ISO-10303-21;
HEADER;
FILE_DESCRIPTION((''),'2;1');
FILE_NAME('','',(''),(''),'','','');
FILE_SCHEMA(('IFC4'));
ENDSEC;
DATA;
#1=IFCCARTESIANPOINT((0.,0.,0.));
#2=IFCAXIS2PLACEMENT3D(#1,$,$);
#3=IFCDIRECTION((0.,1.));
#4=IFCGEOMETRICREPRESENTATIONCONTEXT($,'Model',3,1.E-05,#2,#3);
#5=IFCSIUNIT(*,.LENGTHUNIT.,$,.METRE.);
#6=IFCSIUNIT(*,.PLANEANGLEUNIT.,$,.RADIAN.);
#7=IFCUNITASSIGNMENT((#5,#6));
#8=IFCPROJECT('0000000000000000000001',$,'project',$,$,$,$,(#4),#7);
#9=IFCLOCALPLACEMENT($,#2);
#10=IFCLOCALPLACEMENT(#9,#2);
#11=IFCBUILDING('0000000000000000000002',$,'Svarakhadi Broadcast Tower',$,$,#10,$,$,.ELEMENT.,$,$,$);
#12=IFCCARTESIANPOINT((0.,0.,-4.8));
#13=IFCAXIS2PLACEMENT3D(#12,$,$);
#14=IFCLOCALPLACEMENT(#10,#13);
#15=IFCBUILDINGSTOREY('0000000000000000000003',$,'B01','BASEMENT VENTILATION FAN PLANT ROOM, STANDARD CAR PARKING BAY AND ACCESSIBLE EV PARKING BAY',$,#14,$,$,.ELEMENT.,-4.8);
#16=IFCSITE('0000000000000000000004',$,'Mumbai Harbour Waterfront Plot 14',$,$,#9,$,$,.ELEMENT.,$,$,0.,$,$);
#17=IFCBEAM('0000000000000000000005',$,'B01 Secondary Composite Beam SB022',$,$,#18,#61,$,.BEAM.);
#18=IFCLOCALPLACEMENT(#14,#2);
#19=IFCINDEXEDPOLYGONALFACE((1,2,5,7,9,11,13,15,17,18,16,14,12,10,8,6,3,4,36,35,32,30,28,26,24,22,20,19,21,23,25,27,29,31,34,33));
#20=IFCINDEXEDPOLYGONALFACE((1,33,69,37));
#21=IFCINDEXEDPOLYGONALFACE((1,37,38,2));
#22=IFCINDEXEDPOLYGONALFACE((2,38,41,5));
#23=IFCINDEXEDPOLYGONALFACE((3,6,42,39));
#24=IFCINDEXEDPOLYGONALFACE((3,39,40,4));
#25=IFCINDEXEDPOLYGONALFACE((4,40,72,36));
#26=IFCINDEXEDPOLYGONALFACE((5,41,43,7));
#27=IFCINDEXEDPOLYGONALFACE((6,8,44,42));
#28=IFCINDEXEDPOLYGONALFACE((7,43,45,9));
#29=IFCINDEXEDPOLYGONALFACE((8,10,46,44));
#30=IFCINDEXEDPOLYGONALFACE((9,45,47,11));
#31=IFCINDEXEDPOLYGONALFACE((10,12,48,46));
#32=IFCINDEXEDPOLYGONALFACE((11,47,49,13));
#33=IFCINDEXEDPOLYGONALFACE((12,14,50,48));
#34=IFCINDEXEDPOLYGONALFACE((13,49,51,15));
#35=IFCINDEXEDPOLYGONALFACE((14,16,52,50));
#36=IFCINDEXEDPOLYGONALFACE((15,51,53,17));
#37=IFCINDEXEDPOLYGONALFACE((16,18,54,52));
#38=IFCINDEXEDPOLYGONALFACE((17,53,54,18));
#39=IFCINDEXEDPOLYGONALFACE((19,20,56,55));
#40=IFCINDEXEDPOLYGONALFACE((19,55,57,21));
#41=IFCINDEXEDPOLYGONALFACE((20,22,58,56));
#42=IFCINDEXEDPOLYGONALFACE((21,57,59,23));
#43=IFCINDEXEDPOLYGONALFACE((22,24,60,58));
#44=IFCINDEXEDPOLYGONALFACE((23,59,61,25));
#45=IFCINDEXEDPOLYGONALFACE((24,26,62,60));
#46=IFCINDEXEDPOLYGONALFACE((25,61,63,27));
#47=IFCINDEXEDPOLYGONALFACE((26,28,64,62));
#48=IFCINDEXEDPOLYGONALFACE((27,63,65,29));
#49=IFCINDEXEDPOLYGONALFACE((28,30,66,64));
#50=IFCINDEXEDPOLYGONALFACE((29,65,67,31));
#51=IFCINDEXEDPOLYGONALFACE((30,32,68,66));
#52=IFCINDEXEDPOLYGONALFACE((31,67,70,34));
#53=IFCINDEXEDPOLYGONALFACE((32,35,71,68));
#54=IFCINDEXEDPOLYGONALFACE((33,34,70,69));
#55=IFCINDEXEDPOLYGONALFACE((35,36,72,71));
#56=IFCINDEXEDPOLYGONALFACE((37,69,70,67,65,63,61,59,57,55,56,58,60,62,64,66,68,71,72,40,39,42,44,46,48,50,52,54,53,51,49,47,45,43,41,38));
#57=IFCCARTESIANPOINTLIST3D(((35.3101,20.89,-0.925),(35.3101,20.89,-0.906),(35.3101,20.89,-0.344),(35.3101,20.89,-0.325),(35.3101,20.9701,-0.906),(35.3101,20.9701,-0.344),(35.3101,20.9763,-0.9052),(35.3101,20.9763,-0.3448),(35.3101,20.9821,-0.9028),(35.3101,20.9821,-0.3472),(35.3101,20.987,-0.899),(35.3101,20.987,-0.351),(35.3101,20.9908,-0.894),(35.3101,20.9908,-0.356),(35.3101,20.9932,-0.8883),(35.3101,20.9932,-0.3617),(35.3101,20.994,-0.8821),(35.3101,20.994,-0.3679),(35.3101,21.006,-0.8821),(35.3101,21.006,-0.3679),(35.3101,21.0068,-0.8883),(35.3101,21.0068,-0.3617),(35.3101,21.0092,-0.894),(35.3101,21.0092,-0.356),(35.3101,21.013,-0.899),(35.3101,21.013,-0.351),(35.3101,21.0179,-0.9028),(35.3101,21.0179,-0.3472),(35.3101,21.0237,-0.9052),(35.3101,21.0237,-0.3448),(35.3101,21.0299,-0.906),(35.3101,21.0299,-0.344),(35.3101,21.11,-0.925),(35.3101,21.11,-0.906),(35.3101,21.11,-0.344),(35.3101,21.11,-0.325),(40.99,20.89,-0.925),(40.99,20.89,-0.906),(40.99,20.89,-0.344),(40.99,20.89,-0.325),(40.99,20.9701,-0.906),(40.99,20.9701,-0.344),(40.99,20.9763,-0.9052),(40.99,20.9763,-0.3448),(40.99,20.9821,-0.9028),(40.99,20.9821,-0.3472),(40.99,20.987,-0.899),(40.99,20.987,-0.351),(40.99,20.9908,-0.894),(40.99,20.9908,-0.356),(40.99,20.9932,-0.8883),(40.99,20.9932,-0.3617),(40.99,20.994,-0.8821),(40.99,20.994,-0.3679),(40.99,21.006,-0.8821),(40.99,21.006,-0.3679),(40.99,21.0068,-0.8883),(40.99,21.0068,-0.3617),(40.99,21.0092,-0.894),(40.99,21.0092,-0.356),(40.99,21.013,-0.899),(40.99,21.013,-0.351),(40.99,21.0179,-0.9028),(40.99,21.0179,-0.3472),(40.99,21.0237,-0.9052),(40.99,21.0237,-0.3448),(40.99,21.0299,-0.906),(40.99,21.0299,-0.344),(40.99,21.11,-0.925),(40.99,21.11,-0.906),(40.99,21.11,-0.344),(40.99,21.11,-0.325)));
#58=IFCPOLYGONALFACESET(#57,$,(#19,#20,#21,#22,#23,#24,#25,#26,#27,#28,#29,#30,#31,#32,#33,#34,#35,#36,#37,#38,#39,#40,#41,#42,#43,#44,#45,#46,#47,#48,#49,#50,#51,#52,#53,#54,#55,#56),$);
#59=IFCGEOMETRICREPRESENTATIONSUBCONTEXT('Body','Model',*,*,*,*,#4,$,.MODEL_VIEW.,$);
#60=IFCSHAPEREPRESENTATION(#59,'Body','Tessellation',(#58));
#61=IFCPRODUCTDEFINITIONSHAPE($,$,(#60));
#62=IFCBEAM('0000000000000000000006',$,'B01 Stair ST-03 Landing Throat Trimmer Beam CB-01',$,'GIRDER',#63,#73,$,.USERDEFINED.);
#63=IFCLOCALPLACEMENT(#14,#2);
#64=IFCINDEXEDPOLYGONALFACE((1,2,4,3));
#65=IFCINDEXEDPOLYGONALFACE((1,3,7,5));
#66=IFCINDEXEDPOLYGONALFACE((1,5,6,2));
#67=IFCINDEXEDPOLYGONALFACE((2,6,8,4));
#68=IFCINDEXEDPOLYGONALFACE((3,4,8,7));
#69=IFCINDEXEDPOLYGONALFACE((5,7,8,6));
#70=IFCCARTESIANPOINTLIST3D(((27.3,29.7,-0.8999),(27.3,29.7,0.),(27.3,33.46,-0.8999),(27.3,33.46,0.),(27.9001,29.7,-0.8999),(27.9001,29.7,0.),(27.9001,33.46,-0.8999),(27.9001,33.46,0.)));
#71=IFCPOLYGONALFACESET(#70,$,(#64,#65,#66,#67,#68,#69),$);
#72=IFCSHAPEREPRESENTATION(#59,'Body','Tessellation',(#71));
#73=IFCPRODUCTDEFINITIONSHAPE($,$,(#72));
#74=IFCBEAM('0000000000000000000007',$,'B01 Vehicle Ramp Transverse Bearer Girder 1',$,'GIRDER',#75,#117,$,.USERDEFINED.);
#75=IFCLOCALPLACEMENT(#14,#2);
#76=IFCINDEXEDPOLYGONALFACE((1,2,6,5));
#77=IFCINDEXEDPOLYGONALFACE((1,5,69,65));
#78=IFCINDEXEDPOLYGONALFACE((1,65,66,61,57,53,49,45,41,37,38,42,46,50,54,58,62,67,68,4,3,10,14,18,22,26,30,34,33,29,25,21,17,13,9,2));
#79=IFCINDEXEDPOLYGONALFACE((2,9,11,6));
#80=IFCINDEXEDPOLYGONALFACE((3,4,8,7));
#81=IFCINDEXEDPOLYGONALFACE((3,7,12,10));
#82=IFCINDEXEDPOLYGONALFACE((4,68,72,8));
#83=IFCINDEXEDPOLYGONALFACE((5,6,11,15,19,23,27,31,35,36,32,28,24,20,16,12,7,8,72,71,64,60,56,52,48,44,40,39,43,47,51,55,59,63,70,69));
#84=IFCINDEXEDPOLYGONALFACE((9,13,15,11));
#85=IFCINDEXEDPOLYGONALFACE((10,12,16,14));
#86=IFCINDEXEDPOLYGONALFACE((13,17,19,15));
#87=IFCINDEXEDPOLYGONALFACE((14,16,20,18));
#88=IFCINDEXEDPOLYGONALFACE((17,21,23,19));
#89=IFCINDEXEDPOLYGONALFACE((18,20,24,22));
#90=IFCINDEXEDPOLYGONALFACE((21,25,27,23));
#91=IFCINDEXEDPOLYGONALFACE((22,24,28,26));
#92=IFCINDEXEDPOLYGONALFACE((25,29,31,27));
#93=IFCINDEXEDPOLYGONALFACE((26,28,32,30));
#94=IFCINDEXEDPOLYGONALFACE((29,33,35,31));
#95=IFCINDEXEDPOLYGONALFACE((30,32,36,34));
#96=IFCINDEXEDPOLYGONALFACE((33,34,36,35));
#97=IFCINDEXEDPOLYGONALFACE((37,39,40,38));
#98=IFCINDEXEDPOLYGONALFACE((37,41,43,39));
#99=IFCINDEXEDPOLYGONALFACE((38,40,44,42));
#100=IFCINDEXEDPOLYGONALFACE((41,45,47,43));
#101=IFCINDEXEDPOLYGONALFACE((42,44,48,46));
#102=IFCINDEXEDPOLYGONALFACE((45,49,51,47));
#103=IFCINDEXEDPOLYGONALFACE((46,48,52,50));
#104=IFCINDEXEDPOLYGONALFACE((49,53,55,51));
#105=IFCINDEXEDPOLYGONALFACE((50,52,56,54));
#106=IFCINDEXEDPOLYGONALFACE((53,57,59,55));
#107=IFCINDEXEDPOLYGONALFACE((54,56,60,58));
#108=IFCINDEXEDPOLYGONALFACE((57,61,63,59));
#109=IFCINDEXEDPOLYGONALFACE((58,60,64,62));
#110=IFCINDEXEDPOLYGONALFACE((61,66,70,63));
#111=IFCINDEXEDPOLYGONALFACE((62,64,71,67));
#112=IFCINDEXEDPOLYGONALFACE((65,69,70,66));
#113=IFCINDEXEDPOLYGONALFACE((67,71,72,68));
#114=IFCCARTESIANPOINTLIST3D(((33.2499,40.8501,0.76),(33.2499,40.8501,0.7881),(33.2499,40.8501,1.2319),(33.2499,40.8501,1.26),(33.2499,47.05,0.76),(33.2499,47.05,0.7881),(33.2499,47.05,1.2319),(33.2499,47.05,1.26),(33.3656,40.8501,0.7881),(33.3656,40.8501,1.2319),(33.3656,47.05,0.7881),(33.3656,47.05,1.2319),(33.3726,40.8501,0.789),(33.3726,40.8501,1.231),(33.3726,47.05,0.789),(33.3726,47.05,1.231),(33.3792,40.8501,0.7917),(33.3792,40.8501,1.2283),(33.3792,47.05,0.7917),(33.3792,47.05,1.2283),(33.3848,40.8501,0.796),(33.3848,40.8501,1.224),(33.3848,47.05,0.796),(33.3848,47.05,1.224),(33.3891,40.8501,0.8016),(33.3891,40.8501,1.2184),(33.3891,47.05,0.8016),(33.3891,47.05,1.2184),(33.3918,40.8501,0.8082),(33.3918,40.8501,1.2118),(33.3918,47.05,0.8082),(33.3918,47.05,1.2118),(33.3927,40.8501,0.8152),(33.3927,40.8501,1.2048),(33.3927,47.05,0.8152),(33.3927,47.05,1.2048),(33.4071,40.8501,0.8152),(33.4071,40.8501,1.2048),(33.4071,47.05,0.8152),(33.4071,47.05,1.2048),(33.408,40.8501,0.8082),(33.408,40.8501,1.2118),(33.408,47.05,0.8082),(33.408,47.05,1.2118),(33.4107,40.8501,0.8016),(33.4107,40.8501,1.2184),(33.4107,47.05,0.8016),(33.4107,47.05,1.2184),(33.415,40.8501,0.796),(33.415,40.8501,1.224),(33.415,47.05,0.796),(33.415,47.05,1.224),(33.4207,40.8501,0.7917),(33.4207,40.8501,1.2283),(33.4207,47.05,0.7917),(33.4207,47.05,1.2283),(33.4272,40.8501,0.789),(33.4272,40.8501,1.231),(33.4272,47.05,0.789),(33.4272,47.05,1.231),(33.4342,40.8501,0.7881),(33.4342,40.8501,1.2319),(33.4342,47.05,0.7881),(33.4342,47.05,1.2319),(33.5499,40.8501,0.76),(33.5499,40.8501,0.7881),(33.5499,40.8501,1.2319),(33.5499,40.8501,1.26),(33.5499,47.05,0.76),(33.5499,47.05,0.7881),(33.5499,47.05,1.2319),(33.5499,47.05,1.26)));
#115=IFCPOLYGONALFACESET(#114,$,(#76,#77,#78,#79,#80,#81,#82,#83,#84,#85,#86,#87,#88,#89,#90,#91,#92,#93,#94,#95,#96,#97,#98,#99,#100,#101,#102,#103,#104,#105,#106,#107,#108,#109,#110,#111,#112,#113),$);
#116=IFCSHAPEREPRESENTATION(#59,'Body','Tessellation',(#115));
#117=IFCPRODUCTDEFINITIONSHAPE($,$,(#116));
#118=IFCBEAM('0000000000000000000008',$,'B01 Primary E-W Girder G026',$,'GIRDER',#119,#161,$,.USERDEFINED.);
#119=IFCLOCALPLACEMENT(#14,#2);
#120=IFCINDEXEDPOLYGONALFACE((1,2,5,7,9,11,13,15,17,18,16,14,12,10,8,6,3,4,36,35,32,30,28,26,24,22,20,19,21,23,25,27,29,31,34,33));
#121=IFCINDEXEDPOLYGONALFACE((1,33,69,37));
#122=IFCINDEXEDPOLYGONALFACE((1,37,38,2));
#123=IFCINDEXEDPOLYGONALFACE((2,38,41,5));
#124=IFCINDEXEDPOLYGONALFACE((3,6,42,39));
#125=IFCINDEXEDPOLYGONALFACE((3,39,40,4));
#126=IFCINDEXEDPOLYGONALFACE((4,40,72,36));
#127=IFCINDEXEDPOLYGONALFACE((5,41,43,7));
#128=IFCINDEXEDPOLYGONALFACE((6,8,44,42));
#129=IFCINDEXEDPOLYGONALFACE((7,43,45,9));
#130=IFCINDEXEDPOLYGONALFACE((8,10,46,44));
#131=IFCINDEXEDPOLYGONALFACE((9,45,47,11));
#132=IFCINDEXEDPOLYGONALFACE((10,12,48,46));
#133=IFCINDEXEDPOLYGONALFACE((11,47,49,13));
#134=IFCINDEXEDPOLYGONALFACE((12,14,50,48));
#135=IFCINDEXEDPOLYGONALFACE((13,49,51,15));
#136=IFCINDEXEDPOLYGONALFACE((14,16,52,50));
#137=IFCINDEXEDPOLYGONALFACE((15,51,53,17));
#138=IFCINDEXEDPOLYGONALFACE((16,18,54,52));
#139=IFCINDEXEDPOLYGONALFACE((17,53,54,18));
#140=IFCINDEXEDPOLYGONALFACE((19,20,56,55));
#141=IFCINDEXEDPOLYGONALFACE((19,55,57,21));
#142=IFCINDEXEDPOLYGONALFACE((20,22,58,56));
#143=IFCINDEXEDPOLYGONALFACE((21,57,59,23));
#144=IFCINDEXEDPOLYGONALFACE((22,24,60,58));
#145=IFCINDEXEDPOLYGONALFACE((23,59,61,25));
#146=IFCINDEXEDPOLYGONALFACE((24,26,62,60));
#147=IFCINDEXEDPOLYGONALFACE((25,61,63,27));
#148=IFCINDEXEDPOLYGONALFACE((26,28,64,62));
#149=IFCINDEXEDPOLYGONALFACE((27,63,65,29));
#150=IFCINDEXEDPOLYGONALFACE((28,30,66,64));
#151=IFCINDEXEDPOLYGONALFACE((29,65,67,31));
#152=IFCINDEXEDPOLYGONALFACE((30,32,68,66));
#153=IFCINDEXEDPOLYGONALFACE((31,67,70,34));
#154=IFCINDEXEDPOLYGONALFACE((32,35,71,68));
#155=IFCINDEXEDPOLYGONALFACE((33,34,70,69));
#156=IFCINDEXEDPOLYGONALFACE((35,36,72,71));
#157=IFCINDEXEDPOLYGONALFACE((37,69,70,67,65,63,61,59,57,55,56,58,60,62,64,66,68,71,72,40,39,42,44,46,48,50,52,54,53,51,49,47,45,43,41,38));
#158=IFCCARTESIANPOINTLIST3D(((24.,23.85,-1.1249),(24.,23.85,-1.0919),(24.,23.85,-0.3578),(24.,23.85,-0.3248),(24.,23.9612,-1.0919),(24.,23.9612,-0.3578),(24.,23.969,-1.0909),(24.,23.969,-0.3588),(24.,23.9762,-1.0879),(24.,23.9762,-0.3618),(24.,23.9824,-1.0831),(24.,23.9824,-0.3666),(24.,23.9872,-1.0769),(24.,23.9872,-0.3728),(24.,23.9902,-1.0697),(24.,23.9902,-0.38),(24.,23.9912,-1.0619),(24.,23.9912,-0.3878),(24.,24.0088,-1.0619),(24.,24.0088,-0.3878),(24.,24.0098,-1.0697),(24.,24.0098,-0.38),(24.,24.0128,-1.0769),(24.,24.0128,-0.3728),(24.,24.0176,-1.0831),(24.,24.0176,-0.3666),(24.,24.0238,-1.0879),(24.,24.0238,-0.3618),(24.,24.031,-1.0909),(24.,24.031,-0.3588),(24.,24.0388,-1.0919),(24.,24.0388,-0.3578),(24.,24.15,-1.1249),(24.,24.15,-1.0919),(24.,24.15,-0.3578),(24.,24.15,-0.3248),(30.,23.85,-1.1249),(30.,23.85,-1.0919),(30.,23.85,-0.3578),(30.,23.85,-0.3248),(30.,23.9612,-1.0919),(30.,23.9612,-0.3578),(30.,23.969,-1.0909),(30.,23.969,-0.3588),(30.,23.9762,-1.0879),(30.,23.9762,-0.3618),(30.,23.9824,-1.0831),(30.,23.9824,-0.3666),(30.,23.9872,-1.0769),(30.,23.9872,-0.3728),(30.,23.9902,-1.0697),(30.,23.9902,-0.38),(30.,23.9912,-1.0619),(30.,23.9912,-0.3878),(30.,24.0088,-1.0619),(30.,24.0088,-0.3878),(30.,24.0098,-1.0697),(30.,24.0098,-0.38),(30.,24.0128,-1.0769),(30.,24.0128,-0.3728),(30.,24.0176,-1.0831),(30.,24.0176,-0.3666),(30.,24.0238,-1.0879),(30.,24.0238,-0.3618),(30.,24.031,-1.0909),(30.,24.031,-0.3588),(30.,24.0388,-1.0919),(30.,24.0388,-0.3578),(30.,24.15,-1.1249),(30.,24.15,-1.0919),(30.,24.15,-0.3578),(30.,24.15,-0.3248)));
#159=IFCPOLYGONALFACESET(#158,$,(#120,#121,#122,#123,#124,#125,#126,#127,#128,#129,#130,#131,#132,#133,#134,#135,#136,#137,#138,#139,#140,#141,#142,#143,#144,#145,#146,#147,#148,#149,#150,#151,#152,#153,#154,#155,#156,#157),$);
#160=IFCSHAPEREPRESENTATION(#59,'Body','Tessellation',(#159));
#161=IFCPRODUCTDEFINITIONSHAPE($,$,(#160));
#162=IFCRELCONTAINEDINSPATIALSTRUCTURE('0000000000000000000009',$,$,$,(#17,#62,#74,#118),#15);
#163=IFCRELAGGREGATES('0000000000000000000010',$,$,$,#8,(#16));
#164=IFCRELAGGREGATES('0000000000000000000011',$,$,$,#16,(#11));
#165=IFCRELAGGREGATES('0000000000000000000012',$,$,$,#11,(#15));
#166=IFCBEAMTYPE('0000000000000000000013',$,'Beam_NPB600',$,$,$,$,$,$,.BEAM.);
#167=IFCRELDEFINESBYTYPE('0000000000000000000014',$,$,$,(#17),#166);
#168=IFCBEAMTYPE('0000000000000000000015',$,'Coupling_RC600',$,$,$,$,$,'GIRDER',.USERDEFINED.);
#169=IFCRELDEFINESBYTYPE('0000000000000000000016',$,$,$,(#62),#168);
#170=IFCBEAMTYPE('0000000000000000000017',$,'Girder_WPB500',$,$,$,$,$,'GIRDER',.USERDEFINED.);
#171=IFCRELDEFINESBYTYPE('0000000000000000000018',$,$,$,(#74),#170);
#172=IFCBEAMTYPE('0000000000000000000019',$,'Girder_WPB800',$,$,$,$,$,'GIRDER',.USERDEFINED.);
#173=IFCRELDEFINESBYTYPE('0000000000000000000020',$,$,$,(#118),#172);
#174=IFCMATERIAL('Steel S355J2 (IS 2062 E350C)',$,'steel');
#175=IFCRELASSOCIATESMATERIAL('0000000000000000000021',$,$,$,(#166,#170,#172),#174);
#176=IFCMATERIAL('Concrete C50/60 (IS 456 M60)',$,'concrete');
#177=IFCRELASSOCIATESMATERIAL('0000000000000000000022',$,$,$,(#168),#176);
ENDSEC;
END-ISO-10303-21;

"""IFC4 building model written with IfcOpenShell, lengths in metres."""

from ifc_helpers import new_model, si_unit, direction, frame, origin, origin_2d, place, context, subcontext, project, spatial, rectangle, i_section, extrude, material, material_profile, profile_set, type_object, element, save


model = new_model("IFC4")

# Units and contexts
model_context = context("Model", 3, precision=1e-05, world=origin(), true_north=direction((0.0, 1.0)))
body_context = subcontext(model_context, "Body", "Model", "MODEL_VIEW")
ifc_project = project(units=[si_unit("LENGTHUNIT", "METRE"), si_unit("PLANEANGLEUNIT", "RADIAN")], contexts=[model_context])

# Site, building, storey
site_placement = place(None, origin())
site = spatial("IfcSite", under=ifc_project, at=site_placement, Name="Mumbai Harbour Waterfront Plot 14", CompositionType="ELEMENT", RefElevation=0.0)
building_placement = place(site_placement, origin())
building = spatial("IfcBuilding", under=site, at=building_placement, Name="Svarakhadi Broadcast Tower", CompositionType="ELEMENT")
storey_placement = place(building_placement, frame((0.0, 0.0, -4.8)))
storey = spatial("IfcBuildingStorey", under=building, at=storey_placement, Name="B01", Description="BASEMENT VENTILATION FAN PLANT ROOM, STANDARD CAR PARKING BAY AND ACCESSIBLE EV PARKING BAY", CompositionType="ELEMENT", Elevation=-4.8)

# Shared definitions
ifc_material_1 = material(Name="Concrete C50/60 (IS 456 M60)", Category="concrete")

# Beams
ifc_material_2 = material(Name="Steel S355J2 (IS 2062 E350C)", Category="steel")
ifc_material_profile_1 = material_profile(ifc_material_2, i_section(OverallWidth=0.22, OverallDepth=0.6001, WebThickness=0.012, FlangeThickness=0.019, FilletRadius=0.0239, at=origin_2d()), Name="NPB 600x220x122")
ifc_profile_set_1 = profile_set([ifc_material_profile_1], Name="Steel S355J2 (IS 2062 E350C)")
beam_type_1 = type_object("IfcBeamType", Name="Beam_NPB600", PredefinedType="BEAM", material=ifc_profile_set_1)
beam_1_placement = place(storey_placement, frame((35.3101, 21.0, -0.625), z_axis=(1.0, 0.0, 0.0), x_axis=(0.0, 1.0, 0.0)))
element("IfcBeam", 1, at=beam_1_placement, inside=storey, type_object=beam_type_1, Name="B01 Secondary Composite Beam SB022", PredefinedType="BEAM", context=body_context, shape_type="SweptSolid", body=[
    extrude(i_section(OverallWidth=0.22, OverallDepth=0.6001, WebThickness=0.012, FlangeThickness=0.019, FilletRadius=0.0239, at=origin_2d()), origin(), (0.0, 0.0, 1.0), 5.6799),
])
ifc_material_profile_2 = material_profile(ifc_material_1, rectangle(XDim=0.6001, YDim=0.8999, at=origin_2d()), Name="RC 600x900")
ifc_profile_set_2 = profile_set([ifc_material_profile_2], Name="Concrete C50/60 (IS 456 M60)")
beam_type_2 = type_object("IfcBeamType", Name="Coupling_RC600", ElementType="GIRDER", PredefinedType="USERDEFINED", material=ifc_profile_set_2)
beam_2_placement = place(storey_placement, frame((27.6001, 29.7, -0.45), z_axis=(0.0, 1.0, 0.0), x_axis=(-1.0, 0.0, 0.0)))
element("IfcBeam", 2, at=beam_2_placement, inside=storey, type_object=beam_type_2, Name="B01 Stair ST-03 Landing Throat Trimmer Beam CB-01", ObjectType="GIRDER", PredefinedType="USERDEFINED", context=body_context, shape_type="SweptSolid", body=[
    extrude(rectangle(XDim=0.6001, YDim=0.8999, at=origin_2d()), origin(), (0.0, 0.0, 1.0), 3.76),
])
ifc_material_profile_3 = material_profile(ifc_material_2, i_section(OverallWidth=0.3, OverallDepth=0.5, WebThickness=0.0144, FlangeThickness=0.0281, FilletRadius=0.0271, at=origin_2d()), Name="WPB 500x300x187")
ifc_profile_set_3 = profile_set([ifc_material_profile_3], Name="Steel S355J2 (IS 2062 E350C)")
beam_type_3 = type_object("IfcBeamType", Name="Girder_WPB500", ElementType="GIRDER", PredefinedType="USERDEFINED", material=ifc_profile_set_3)
beam_3_placement = place(storey_placement, frame((33.3999, 40.8501, 1.01), z_axis=(0.0, 1.0, 0.0), x_axis=(-1.0, 0.0, 0.0)))
element("IfcBeam", 3, at=beam_3_placement, inside=storey, type_object=beam_type_3, Name="B01 Vehicle Ramp Transverse Bearer Girder 1", ObjectType="GIRDER", PredefinedType="USERDEFINED", context=body_context, shape_type="SweptSolid", body=[
    extrude(i_section(OverallWidth=0.3, OverallDepth=0.5, WebThickness=0.0144, FlangeThickness=0.0281, FilletRadius=0.0271, at=origin_2d()), origin(), (0.0, 0.0, 1.0), 6.2),
])
ifc_material_profile_4 = material_profile(ifc_material_2, i_section(OverallWidth=0.3, OverallDepth=0.8, WebThickness=0.0176, FlangeThickness=0.033, FilletRadius=0.03, at=origin_2d()), Name="WPB 800x300x262")
ifc_profile_set_4 = profile_set([ifc_material_profile_4], Name="Steel S355J2 (IS 2062 E350C)")
beam_type_4 = type_object("IfcBeamType", Name="Girder_WPB800", ElementType="GIRDER", PredefinedType="USERDEFINED", material=ifc_profile_set_4)
beam_4_placement = place(storey_placement, frame((24.0, 24.0, -0.7249), z_axis=(1.0, 0.0, 0.0), x_axis=(0.0, 1.0, 0.0)))
element("IfcBeam", 4, at=beam_4_placement, inside=storey, type_object=beam_type_4, Name="B01 Primary E-W Girder G026", ObjectType="GIRDER", PredefinedType="USERDEFINED", context=body_context, shape_type="SweptSolid", body=[
    extrude(i_section(OverallWidth=0.3, OverallDepth=0.8, WebThickness=0.0176, FlangeThickness=0.033, FilletRadius=0.03, at=origin_2d()), origin(), (0.0, 0.0, 1.0), 6.0),
])

save(model, "model.ifc")
